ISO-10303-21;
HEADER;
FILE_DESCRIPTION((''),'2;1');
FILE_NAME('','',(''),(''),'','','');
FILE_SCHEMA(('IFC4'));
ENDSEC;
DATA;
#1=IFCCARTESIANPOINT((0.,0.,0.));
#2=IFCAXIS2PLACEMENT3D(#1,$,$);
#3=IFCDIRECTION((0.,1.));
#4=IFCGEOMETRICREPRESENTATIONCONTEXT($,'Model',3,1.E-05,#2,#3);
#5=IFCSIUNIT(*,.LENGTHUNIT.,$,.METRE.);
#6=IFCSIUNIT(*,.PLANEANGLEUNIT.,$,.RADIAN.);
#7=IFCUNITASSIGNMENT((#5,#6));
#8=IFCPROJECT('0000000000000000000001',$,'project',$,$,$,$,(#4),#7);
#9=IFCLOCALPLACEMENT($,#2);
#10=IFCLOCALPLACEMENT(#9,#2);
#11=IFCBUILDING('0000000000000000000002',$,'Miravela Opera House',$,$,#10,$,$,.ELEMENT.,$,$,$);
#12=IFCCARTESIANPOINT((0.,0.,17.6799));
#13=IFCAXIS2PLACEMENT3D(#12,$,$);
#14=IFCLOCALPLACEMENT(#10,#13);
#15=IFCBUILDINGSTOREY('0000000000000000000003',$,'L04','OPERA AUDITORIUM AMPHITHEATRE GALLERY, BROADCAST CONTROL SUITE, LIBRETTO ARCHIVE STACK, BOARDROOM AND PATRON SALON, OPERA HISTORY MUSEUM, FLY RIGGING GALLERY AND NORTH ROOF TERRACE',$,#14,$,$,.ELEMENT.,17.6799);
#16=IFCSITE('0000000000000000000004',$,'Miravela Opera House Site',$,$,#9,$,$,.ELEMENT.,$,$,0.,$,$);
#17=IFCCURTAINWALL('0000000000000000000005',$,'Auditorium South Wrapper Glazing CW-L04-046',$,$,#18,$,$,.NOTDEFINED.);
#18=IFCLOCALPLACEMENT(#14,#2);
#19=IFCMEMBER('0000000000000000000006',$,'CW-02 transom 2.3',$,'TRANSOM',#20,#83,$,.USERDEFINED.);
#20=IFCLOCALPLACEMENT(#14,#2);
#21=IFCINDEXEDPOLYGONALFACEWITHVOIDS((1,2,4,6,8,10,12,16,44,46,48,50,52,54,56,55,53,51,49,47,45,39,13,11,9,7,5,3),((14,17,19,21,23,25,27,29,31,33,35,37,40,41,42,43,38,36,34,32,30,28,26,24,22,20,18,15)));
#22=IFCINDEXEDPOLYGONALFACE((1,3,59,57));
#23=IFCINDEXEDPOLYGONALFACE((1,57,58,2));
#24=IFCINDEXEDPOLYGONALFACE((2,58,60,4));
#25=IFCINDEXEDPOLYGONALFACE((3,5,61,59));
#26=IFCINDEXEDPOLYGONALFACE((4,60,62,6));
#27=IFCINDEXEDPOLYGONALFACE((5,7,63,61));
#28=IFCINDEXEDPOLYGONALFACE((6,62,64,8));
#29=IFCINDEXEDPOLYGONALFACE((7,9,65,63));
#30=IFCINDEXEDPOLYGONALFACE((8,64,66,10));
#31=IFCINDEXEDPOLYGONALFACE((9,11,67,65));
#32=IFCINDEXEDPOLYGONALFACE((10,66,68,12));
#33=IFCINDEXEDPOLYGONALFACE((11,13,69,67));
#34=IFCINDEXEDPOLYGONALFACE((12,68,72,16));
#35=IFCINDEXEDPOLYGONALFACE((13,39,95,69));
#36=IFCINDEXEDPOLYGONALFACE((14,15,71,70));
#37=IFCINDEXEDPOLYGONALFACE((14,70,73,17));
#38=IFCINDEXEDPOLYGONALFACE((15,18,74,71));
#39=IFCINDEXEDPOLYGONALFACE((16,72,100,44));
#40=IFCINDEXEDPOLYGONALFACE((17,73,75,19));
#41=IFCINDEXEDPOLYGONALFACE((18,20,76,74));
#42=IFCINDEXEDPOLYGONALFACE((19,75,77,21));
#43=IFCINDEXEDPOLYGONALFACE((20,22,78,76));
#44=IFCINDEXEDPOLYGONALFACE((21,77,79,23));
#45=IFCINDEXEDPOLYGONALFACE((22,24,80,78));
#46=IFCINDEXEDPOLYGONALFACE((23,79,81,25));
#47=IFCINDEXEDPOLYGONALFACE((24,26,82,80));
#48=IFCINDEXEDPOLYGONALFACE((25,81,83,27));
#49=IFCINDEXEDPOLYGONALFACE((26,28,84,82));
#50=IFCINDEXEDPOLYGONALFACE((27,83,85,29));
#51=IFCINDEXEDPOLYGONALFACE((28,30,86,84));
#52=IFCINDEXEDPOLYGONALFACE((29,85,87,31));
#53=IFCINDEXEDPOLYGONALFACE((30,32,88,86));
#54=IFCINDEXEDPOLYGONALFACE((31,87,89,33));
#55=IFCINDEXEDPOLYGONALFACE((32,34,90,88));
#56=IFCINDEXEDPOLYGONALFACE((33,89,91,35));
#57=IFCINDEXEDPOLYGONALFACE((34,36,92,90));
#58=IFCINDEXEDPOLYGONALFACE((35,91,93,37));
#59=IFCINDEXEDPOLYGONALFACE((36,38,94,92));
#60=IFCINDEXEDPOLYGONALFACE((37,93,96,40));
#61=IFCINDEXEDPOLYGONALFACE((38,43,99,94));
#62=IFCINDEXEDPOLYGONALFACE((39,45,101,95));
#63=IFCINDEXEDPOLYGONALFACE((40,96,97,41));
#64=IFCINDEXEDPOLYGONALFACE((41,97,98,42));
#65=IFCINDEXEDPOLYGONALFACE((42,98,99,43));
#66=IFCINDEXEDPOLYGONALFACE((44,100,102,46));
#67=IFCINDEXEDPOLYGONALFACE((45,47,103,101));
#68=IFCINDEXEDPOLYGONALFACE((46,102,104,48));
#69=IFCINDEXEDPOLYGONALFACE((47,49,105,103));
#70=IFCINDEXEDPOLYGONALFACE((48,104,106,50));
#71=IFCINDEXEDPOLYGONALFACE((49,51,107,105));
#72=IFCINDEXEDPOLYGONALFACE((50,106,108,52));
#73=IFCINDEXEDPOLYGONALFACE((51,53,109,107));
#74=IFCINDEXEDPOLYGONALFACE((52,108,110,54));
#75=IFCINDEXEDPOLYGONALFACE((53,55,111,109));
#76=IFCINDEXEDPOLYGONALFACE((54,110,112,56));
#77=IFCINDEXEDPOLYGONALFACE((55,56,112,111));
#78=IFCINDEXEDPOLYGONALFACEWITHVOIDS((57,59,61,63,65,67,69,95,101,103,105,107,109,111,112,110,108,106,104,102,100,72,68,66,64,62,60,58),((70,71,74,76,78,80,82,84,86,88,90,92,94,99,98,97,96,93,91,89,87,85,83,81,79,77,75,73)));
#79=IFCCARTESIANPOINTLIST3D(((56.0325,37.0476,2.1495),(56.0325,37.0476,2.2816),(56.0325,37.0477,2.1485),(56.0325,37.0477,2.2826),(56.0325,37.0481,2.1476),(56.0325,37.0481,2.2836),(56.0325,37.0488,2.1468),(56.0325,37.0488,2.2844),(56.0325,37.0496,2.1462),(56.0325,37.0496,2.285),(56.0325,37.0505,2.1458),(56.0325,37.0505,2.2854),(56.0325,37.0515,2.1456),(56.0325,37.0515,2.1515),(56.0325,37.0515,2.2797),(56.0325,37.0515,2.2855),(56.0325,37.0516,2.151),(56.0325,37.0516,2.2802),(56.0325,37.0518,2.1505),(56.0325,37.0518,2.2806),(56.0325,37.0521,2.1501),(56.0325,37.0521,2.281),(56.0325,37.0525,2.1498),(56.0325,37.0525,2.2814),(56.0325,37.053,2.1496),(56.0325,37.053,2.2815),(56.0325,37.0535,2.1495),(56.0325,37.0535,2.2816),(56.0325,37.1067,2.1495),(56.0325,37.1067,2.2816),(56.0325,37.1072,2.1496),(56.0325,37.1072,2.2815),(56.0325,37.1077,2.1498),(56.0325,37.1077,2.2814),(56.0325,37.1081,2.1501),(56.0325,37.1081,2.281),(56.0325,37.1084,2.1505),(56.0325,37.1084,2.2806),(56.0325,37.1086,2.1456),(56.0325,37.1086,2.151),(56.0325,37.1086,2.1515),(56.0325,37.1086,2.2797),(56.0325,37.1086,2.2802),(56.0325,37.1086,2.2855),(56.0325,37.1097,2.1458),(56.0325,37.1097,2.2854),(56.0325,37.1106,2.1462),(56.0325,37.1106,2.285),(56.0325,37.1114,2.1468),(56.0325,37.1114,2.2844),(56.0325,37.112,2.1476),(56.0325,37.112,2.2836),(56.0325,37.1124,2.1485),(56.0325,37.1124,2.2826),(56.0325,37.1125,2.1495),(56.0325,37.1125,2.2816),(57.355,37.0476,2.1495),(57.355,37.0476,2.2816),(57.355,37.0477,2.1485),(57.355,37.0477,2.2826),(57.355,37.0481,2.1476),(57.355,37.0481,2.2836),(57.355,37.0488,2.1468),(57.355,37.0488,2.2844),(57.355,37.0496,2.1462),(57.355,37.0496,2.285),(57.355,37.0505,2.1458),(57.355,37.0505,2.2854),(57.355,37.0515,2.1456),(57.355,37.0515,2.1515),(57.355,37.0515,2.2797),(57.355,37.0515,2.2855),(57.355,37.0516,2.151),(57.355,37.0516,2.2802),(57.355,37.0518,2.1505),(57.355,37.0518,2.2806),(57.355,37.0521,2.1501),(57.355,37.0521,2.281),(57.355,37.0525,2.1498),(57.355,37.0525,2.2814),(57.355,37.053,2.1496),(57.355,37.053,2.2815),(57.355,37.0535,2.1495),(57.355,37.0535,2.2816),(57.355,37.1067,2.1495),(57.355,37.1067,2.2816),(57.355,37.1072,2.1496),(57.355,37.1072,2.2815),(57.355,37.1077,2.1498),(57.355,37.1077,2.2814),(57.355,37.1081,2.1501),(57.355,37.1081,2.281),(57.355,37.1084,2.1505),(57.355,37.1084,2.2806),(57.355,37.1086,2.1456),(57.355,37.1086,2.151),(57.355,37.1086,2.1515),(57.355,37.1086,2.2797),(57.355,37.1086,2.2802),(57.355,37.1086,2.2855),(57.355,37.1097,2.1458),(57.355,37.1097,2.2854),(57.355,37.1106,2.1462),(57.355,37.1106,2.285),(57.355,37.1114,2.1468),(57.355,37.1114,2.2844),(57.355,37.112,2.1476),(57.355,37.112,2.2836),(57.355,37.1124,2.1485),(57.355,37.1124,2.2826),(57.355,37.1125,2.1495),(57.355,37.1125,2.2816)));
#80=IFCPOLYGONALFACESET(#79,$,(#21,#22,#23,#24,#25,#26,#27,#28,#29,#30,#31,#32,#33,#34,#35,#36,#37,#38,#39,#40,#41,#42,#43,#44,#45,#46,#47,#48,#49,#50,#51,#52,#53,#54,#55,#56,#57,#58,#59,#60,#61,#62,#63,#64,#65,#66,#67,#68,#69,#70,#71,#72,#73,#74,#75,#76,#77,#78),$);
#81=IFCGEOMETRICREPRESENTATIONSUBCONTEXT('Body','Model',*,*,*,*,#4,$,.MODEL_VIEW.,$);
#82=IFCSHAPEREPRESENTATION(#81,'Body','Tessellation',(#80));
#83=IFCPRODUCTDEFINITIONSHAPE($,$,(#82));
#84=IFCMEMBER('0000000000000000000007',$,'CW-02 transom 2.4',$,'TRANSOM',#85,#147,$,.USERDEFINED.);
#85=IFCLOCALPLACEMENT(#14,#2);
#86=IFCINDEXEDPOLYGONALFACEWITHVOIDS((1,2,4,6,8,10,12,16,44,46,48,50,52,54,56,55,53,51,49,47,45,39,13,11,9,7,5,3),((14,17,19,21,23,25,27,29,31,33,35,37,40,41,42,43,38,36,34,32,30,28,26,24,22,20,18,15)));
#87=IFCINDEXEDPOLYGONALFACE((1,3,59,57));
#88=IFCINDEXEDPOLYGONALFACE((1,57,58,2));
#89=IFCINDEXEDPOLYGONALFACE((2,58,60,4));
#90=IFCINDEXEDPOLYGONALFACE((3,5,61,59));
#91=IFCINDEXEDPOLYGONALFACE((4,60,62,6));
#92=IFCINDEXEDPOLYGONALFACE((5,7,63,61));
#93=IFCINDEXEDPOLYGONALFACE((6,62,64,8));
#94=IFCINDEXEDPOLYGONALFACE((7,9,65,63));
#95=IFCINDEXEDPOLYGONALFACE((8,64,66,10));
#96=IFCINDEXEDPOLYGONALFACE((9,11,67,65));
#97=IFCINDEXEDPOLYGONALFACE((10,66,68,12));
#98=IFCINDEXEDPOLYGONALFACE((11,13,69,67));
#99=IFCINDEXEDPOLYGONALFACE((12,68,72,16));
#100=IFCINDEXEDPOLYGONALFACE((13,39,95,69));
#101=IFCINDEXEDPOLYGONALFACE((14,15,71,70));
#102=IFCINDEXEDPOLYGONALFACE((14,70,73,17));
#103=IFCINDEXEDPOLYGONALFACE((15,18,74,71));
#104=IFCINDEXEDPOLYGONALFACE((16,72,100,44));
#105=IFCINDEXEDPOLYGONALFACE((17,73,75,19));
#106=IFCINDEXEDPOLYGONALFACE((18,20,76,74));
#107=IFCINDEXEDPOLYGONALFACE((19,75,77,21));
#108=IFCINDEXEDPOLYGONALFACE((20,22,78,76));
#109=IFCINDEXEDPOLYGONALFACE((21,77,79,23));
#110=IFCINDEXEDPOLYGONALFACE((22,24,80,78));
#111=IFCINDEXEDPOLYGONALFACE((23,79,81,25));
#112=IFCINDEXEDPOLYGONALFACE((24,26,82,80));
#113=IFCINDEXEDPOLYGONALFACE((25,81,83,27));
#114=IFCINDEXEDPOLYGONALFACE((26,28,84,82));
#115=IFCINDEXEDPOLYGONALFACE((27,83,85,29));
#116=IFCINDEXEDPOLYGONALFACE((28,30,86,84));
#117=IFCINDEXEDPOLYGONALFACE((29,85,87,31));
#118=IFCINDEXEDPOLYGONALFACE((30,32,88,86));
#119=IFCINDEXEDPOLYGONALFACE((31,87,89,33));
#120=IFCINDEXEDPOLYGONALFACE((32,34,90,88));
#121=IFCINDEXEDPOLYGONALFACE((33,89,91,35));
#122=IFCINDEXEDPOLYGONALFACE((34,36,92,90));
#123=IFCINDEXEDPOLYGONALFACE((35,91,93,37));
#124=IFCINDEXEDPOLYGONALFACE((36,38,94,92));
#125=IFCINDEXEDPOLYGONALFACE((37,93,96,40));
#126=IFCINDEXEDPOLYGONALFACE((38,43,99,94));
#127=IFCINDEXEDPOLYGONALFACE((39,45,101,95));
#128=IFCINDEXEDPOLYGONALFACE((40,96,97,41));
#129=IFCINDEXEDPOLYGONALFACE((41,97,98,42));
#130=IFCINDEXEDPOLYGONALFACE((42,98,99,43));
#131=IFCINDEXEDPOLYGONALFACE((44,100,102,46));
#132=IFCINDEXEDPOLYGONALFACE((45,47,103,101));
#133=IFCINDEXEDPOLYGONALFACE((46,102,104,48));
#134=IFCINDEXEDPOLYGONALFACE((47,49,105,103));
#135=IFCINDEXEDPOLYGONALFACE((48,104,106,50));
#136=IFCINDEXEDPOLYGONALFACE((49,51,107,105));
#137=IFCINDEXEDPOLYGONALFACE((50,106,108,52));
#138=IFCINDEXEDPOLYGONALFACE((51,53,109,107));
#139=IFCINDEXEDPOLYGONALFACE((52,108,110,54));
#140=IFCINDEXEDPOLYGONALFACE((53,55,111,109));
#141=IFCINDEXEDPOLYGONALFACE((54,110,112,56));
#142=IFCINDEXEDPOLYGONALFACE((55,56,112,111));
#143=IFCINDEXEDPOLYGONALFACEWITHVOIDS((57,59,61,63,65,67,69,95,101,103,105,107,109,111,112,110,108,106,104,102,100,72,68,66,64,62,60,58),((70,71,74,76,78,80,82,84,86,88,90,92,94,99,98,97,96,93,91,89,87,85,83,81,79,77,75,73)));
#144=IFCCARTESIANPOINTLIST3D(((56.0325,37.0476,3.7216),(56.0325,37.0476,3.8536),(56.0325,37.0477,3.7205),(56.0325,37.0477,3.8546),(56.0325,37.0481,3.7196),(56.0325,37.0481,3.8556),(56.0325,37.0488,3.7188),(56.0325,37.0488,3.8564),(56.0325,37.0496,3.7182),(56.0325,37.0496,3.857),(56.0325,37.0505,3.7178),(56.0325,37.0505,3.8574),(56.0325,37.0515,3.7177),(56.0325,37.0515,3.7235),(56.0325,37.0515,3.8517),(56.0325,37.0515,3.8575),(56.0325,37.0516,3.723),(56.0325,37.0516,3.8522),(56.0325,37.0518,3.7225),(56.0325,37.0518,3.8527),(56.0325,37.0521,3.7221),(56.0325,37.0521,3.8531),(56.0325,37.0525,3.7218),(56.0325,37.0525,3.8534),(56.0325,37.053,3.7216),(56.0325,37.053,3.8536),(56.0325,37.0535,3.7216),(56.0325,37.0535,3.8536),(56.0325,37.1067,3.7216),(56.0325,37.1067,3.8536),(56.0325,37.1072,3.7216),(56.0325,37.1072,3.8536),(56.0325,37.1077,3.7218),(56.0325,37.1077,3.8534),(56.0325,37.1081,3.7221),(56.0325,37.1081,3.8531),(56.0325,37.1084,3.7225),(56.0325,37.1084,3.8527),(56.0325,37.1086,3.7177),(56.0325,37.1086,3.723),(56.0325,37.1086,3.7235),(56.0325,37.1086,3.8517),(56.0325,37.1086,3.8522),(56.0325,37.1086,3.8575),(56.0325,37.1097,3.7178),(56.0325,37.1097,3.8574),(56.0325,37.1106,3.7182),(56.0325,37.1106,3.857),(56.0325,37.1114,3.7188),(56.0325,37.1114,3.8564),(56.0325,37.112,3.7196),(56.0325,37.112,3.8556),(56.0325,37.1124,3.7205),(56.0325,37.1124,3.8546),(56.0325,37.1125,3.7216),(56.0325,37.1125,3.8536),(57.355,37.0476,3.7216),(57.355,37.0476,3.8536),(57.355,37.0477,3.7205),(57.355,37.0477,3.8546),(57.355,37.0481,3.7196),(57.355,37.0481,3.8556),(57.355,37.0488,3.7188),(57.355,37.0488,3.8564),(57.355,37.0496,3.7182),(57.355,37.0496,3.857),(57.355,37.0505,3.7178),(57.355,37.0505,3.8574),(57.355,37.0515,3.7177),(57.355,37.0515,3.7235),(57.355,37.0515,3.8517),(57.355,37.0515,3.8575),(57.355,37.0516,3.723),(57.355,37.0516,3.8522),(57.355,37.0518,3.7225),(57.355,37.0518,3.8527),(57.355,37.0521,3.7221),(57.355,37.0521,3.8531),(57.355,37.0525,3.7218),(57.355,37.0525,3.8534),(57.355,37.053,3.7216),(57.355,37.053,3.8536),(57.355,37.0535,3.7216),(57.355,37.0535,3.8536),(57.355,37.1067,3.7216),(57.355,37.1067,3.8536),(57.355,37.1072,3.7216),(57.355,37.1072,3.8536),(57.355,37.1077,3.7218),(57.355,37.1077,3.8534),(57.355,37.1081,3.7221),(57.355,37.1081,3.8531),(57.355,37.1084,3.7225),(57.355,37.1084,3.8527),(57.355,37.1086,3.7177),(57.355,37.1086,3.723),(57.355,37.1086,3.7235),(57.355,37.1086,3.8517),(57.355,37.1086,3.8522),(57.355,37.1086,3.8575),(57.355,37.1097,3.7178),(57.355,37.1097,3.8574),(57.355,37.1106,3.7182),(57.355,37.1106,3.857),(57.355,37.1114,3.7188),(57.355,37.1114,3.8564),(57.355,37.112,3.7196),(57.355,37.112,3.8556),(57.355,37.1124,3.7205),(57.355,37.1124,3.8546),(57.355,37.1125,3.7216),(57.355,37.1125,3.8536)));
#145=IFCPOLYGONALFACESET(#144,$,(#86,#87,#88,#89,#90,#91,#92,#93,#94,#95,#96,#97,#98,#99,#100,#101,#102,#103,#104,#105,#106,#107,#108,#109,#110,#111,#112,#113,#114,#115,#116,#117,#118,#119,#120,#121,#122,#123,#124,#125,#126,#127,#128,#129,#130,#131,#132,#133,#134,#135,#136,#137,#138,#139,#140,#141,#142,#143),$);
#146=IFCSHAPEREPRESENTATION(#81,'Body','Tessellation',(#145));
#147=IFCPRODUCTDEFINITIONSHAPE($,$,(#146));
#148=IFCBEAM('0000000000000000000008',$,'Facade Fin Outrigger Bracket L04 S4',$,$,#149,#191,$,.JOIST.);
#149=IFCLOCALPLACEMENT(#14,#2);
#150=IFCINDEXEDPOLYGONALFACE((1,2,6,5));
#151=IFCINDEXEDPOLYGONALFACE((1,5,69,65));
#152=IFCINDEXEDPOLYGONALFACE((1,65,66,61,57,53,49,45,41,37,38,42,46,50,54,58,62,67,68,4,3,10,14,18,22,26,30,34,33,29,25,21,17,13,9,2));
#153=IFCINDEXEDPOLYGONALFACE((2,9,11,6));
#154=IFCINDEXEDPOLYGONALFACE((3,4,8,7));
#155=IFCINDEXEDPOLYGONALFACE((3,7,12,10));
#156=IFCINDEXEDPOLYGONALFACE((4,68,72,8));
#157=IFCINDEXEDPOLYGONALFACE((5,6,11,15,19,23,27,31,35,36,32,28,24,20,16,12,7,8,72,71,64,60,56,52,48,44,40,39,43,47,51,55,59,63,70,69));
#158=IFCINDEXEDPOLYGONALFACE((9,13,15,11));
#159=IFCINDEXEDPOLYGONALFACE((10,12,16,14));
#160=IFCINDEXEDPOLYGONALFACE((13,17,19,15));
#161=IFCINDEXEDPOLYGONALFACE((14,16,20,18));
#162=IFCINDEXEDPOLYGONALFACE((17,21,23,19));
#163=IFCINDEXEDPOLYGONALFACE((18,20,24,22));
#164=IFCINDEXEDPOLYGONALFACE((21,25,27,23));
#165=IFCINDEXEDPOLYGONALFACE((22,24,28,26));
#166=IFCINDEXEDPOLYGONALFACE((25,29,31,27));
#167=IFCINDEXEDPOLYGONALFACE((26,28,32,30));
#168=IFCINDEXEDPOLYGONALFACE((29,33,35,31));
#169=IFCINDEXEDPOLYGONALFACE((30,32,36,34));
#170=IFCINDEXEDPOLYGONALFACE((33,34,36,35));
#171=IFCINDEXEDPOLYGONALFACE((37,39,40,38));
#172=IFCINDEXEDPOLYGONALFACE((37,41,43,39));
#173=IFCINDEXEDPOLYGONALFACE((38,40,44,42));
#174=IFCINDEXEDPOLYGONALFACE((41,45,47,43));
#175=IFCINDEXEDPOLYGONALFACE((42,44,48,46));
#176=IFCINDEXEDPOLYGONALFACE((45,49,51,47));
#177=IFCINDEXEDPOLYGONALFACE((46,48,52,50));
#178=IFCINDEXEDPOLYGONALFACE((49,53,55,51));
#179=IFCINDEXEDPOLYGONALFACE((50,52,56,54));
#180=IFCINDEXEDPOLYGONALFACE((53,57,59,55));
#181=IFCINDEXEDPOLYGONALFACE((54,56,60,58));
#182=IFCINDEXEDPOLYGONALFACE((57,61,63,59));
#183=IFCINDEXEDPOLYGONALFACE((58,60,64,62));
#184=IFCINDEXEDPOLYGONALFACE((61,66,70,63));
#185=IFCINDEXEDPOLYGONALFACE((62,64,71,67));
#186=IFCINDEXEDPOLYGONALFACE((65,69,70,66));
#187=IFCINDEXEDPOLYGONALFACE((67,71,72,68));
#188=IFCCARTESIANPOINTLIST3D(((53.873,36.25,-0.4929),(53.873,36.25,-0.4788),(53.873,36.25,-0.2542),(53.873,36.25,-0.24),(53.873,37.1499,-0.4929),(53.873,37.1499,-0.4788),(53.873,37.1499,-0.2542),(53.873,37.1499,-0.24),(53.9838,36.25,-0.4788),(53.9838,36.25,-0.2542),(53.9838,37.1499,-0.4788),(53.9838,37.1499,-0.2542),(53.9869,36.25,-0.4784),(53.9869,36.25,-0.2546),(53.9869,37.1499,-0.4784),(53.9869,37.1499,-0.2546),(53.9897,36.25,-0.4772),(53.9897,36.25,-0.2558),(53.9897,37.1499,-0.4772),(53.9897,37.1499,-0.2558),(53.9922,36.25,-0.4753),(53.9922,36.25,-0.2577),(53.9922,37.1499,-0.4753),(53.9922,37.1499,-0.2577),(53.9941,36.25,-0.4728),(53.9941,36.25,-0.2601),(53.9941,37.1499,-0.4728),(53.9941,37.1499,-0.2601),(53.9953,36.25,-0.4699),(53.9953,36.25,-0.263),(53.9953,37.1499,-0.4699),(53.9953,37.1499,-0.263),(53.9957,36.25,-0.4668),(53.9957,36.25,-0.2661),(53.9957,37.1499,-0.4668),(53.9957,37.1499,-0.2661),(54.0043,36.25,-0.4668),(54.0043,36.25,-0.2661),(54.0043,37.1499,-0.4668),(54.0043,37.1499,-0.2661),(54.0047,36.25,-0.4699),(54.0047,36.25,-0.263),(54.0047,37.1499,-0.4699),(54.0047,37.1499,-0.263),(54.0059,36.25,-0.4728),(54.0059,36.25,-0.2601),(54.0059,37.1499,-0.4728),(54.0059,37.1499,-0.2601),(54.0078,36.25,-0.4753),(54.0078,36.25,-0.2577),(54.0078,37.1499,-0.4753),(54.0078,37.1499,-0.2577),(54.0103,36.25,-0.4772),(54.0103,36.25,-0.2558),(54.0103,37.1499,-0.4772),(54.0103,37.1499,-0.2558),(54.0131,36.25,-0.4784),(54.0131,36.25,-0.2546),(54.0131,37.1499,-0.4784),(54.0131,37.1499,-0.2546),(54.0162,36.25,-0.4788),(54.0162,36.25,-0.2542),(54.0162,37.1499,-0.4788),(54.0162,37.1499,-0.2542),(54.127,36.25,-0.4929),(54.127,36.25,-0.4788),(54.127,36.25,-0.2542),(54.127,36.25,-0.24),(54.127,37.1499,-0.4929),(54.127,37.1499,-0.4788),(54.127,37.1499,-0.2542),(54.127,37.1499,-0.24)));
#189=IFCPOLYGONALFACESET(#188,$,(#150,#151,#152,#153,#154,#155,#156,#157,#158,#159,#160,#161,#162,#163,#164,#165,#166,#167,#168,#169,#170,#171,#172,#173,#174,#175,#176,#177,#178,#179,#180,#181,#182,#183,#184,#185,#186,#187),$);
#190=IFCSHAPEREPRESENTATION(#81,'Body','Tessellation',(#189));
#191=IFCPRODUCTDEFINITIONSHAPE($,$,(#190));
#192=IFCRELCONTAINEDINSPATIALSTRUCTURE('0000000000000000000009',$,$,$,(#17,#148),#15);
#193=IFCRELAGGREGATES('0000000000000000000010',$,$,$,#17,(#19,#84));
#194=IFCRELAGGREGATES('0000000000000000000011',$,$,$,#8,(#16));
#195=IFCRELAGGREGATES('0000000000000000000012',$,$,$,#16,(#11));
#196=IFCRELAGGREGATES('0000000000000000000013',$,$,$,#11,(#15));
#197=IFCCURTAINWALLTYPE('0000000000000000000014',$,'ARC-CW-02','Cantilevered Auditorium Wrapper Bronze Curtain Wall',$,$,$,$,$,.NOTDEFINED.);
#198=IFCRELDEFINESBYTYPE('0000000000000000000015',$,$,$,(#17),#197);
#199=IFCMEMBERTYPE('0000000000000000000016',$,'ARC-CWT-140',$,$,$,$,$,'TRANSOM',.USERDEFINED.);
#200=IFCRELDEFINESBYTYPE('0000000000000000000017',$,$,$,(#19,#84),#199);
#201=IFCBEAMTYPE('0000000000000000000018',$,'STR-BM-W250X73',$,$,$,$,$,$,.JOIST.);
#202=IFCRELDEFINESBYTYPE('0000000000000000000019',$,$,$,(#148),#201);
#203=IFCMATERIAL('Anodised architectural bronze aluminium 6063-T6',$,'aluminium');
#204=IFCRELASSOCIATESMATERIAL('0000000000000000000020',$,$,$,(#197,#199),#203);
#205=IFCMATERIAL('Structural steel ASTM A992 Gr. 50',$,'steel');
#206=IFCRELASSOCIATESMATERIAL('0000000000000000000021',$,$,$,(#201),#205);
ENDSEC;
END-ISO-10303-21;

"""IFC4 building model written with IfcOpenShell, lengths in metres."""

from ifc_helpers import new_model, si_unit, direction, frame, origin, origin_2d, place, context, subcontext, project, spatial, hollow_rectangle, i_section, extrude, material, material_profile, profile_set, type_object, element, aggregate, save


model = new_model("IFC4")

# Units and contexts
model_context = context("Model", 3, precision=1e-05, world=origin(), true_north=direction((0.0, 1.0)))
body_context = subcontext(model_context, "Body", "Model", "MODEL_VIEW")
ifc_project = project(units=[si_unit("LENGTHUNIT", "METRE"), si_unit("PLANEANGLEUNIT", "RADIAN")], contexts=[model_context])

# Site, building, storey
site_placement = place(None, origin())
site = spatial("IfcSite", under=ifc_project, at=site_placement, Name="Miravela Opera House Site", CompositionType="ELEMENT", RefElevation=0.0)
building_placement = place(site_placement, origin())
building = spatial("IfcBuilding", under=site, at=building_placement, Name="Miravela Opera House", CompositionType="ELEMENT")
storey_placement = place(building_placement, frame((0.0, 0.0, 17.6799)))
storey = spatial("IfcBuildingStorey", under=building, at=storey_placement, Name="L04", Description="OPERA AUDITORIUM AMPHITHEATRE GALLERY, BROADCAST CONTROL SUITE, LIBRETTO ARCHIVE STACK, BOARDROOM AND PATRON SALON, OPERA HISTORY MUSEUM, FLY RIGGING GALLERY AND NORTH ROOF TERRACE", CompositionType="ELEMENT", Elevation=17.6799)

# Shared definitions
ifc_material_1 = material(Name="Anodised architectural bronze aluminium 6063-T6", Category="aluminium")
curtain_wall_type = type_object("IfcCurtainWallType", Name="ARC-CW-02", Description="Cantilevered Auditorium Wrapper Bronze Curtain Wall", PredefinedType="NOTDEFINED", material=ifc_material_1)

# Curtain wall, members
curtain_wall_1_placement = place(storey_placement, origin())
curtain_wall_1 = element("IfcCurtainWall", 1, at=curtain_wall_1_placement, inside=storey, type_object=curtain_wall_type, Name="Auditorium South Wrapper Glazing CW-L04-046", PredefinedType="NOTDEFINED")
ifc_material_profile_1 = material_profile(ifc_material_1, hollow_rectangle(XDim=0.0649, YDim=0.1399, WallThickness=0.0039, InnerFilletRadius=0.002, OuterFilletRadius=0.0039, at=origin_2d()), Name="CWT-65X140")
ifc_profile_set_1 = profile_set([ifc_material_profile_1])
member_type_1 = type_object("IfcMemberType", Name="ARC-CWT-140", ElementType="TRANSOM", PredefinedType="USERDEFINED", material=ifc_profile_set_1)
member_1_placement = place(storey_placement, frame((56.0325, 37.0801, 2.2156), z_axis=(1.0, 0.0, 0.0), x_axis=(0.0, 1.0, 0.0)))
member_1 = element("IfcMember", 2, at=member_1_placement, type_object=member_type_1, Name="CW-02 transom 2.3", ObjectType="TRANSOM", PredefinedType="USERDEFINED", context=body_context, shape_type="SweptSolid", body=[
    extrude(hollow_rectangle(XDim=0.0649, YDim=0.1399, WallThickness=0.0039, InnerFilletRadius=0.002, OuterFilletRadius=0.0039, at=origin_2d()), origin(), (0.0, 0.0, 1.0), 1.3225),
])
member_2_placement = place(storey_placement, frame((56.0325, 37.0801, 3.7876), z_axis=(1.0, 0.0, 0.0), x_axis=(0.0, 1.0, 0.0)))
member_2 = element("IfcMember", 3, at=member_2_placement, type_object=member_type_1, Name="CW-02 transom 2.4", ObjectType="TRANSOM", PredefinedType="USERDEFINED", context=body_context, shape_type="SweptSolid", body=[
    extrude(hollow_rectangle(XDim=0.0649, YDim=0.1399, WallThickness=0.0039, InnerFilletRadius=0.002, OuterFilletRadius=0.0039, at=origin_2d()), origin(), (0.0, 0.0, 1.0), 1.3225),
])

# Beam
ifc_material_2 = material(Name="Structural steel ASTM A992 Gr. 50", Category="steel")
ifc_material_profile_2 = material_profile(ifc_material_2, i_section(OverallWidth=0.2539, OverallDepth=0.2529, WebThickness=0.0085, FlangeThickness=0.0142, FilletRadius=0.012, at=origin_2d()), Name="W250X73")
ifc_profile_set_2 = profile_set([ifc_material_profile_2])
beam_type = type_object("IfcBeamType", Name="STR-BM-W250X73", PredefinedType="JOIST", material=ifc_profile_set_2)
beam_placement = place(storey_placement, frame((54.0, 37.1499, -0.3665), z_axis=(0.0, -1.0, 0.0), x_axis=(1.0, 0.0, 0.0)))
element("IfcBeam", 4, at=beam_placement, inside=storey, type_object=beam_type, Name="Facade Fin Outrigger Bracket L04 S4", PredefinedType="JOIST", context=body_context, shape_type="SweptSolid", body=[
    extrude(i_section(OverallWidth=0.2539, OverallDepth=0.2529, WebThickness=0.0085, FlangeThickness=0.0142, FilletRadius=0.012, at=origin_2d()), origin(), (0.0, 0.0, 1.0), 0.8999),
])

aggregate(curtain_wall_1, [member_1, member_2])

save(model, "model.ifc")
